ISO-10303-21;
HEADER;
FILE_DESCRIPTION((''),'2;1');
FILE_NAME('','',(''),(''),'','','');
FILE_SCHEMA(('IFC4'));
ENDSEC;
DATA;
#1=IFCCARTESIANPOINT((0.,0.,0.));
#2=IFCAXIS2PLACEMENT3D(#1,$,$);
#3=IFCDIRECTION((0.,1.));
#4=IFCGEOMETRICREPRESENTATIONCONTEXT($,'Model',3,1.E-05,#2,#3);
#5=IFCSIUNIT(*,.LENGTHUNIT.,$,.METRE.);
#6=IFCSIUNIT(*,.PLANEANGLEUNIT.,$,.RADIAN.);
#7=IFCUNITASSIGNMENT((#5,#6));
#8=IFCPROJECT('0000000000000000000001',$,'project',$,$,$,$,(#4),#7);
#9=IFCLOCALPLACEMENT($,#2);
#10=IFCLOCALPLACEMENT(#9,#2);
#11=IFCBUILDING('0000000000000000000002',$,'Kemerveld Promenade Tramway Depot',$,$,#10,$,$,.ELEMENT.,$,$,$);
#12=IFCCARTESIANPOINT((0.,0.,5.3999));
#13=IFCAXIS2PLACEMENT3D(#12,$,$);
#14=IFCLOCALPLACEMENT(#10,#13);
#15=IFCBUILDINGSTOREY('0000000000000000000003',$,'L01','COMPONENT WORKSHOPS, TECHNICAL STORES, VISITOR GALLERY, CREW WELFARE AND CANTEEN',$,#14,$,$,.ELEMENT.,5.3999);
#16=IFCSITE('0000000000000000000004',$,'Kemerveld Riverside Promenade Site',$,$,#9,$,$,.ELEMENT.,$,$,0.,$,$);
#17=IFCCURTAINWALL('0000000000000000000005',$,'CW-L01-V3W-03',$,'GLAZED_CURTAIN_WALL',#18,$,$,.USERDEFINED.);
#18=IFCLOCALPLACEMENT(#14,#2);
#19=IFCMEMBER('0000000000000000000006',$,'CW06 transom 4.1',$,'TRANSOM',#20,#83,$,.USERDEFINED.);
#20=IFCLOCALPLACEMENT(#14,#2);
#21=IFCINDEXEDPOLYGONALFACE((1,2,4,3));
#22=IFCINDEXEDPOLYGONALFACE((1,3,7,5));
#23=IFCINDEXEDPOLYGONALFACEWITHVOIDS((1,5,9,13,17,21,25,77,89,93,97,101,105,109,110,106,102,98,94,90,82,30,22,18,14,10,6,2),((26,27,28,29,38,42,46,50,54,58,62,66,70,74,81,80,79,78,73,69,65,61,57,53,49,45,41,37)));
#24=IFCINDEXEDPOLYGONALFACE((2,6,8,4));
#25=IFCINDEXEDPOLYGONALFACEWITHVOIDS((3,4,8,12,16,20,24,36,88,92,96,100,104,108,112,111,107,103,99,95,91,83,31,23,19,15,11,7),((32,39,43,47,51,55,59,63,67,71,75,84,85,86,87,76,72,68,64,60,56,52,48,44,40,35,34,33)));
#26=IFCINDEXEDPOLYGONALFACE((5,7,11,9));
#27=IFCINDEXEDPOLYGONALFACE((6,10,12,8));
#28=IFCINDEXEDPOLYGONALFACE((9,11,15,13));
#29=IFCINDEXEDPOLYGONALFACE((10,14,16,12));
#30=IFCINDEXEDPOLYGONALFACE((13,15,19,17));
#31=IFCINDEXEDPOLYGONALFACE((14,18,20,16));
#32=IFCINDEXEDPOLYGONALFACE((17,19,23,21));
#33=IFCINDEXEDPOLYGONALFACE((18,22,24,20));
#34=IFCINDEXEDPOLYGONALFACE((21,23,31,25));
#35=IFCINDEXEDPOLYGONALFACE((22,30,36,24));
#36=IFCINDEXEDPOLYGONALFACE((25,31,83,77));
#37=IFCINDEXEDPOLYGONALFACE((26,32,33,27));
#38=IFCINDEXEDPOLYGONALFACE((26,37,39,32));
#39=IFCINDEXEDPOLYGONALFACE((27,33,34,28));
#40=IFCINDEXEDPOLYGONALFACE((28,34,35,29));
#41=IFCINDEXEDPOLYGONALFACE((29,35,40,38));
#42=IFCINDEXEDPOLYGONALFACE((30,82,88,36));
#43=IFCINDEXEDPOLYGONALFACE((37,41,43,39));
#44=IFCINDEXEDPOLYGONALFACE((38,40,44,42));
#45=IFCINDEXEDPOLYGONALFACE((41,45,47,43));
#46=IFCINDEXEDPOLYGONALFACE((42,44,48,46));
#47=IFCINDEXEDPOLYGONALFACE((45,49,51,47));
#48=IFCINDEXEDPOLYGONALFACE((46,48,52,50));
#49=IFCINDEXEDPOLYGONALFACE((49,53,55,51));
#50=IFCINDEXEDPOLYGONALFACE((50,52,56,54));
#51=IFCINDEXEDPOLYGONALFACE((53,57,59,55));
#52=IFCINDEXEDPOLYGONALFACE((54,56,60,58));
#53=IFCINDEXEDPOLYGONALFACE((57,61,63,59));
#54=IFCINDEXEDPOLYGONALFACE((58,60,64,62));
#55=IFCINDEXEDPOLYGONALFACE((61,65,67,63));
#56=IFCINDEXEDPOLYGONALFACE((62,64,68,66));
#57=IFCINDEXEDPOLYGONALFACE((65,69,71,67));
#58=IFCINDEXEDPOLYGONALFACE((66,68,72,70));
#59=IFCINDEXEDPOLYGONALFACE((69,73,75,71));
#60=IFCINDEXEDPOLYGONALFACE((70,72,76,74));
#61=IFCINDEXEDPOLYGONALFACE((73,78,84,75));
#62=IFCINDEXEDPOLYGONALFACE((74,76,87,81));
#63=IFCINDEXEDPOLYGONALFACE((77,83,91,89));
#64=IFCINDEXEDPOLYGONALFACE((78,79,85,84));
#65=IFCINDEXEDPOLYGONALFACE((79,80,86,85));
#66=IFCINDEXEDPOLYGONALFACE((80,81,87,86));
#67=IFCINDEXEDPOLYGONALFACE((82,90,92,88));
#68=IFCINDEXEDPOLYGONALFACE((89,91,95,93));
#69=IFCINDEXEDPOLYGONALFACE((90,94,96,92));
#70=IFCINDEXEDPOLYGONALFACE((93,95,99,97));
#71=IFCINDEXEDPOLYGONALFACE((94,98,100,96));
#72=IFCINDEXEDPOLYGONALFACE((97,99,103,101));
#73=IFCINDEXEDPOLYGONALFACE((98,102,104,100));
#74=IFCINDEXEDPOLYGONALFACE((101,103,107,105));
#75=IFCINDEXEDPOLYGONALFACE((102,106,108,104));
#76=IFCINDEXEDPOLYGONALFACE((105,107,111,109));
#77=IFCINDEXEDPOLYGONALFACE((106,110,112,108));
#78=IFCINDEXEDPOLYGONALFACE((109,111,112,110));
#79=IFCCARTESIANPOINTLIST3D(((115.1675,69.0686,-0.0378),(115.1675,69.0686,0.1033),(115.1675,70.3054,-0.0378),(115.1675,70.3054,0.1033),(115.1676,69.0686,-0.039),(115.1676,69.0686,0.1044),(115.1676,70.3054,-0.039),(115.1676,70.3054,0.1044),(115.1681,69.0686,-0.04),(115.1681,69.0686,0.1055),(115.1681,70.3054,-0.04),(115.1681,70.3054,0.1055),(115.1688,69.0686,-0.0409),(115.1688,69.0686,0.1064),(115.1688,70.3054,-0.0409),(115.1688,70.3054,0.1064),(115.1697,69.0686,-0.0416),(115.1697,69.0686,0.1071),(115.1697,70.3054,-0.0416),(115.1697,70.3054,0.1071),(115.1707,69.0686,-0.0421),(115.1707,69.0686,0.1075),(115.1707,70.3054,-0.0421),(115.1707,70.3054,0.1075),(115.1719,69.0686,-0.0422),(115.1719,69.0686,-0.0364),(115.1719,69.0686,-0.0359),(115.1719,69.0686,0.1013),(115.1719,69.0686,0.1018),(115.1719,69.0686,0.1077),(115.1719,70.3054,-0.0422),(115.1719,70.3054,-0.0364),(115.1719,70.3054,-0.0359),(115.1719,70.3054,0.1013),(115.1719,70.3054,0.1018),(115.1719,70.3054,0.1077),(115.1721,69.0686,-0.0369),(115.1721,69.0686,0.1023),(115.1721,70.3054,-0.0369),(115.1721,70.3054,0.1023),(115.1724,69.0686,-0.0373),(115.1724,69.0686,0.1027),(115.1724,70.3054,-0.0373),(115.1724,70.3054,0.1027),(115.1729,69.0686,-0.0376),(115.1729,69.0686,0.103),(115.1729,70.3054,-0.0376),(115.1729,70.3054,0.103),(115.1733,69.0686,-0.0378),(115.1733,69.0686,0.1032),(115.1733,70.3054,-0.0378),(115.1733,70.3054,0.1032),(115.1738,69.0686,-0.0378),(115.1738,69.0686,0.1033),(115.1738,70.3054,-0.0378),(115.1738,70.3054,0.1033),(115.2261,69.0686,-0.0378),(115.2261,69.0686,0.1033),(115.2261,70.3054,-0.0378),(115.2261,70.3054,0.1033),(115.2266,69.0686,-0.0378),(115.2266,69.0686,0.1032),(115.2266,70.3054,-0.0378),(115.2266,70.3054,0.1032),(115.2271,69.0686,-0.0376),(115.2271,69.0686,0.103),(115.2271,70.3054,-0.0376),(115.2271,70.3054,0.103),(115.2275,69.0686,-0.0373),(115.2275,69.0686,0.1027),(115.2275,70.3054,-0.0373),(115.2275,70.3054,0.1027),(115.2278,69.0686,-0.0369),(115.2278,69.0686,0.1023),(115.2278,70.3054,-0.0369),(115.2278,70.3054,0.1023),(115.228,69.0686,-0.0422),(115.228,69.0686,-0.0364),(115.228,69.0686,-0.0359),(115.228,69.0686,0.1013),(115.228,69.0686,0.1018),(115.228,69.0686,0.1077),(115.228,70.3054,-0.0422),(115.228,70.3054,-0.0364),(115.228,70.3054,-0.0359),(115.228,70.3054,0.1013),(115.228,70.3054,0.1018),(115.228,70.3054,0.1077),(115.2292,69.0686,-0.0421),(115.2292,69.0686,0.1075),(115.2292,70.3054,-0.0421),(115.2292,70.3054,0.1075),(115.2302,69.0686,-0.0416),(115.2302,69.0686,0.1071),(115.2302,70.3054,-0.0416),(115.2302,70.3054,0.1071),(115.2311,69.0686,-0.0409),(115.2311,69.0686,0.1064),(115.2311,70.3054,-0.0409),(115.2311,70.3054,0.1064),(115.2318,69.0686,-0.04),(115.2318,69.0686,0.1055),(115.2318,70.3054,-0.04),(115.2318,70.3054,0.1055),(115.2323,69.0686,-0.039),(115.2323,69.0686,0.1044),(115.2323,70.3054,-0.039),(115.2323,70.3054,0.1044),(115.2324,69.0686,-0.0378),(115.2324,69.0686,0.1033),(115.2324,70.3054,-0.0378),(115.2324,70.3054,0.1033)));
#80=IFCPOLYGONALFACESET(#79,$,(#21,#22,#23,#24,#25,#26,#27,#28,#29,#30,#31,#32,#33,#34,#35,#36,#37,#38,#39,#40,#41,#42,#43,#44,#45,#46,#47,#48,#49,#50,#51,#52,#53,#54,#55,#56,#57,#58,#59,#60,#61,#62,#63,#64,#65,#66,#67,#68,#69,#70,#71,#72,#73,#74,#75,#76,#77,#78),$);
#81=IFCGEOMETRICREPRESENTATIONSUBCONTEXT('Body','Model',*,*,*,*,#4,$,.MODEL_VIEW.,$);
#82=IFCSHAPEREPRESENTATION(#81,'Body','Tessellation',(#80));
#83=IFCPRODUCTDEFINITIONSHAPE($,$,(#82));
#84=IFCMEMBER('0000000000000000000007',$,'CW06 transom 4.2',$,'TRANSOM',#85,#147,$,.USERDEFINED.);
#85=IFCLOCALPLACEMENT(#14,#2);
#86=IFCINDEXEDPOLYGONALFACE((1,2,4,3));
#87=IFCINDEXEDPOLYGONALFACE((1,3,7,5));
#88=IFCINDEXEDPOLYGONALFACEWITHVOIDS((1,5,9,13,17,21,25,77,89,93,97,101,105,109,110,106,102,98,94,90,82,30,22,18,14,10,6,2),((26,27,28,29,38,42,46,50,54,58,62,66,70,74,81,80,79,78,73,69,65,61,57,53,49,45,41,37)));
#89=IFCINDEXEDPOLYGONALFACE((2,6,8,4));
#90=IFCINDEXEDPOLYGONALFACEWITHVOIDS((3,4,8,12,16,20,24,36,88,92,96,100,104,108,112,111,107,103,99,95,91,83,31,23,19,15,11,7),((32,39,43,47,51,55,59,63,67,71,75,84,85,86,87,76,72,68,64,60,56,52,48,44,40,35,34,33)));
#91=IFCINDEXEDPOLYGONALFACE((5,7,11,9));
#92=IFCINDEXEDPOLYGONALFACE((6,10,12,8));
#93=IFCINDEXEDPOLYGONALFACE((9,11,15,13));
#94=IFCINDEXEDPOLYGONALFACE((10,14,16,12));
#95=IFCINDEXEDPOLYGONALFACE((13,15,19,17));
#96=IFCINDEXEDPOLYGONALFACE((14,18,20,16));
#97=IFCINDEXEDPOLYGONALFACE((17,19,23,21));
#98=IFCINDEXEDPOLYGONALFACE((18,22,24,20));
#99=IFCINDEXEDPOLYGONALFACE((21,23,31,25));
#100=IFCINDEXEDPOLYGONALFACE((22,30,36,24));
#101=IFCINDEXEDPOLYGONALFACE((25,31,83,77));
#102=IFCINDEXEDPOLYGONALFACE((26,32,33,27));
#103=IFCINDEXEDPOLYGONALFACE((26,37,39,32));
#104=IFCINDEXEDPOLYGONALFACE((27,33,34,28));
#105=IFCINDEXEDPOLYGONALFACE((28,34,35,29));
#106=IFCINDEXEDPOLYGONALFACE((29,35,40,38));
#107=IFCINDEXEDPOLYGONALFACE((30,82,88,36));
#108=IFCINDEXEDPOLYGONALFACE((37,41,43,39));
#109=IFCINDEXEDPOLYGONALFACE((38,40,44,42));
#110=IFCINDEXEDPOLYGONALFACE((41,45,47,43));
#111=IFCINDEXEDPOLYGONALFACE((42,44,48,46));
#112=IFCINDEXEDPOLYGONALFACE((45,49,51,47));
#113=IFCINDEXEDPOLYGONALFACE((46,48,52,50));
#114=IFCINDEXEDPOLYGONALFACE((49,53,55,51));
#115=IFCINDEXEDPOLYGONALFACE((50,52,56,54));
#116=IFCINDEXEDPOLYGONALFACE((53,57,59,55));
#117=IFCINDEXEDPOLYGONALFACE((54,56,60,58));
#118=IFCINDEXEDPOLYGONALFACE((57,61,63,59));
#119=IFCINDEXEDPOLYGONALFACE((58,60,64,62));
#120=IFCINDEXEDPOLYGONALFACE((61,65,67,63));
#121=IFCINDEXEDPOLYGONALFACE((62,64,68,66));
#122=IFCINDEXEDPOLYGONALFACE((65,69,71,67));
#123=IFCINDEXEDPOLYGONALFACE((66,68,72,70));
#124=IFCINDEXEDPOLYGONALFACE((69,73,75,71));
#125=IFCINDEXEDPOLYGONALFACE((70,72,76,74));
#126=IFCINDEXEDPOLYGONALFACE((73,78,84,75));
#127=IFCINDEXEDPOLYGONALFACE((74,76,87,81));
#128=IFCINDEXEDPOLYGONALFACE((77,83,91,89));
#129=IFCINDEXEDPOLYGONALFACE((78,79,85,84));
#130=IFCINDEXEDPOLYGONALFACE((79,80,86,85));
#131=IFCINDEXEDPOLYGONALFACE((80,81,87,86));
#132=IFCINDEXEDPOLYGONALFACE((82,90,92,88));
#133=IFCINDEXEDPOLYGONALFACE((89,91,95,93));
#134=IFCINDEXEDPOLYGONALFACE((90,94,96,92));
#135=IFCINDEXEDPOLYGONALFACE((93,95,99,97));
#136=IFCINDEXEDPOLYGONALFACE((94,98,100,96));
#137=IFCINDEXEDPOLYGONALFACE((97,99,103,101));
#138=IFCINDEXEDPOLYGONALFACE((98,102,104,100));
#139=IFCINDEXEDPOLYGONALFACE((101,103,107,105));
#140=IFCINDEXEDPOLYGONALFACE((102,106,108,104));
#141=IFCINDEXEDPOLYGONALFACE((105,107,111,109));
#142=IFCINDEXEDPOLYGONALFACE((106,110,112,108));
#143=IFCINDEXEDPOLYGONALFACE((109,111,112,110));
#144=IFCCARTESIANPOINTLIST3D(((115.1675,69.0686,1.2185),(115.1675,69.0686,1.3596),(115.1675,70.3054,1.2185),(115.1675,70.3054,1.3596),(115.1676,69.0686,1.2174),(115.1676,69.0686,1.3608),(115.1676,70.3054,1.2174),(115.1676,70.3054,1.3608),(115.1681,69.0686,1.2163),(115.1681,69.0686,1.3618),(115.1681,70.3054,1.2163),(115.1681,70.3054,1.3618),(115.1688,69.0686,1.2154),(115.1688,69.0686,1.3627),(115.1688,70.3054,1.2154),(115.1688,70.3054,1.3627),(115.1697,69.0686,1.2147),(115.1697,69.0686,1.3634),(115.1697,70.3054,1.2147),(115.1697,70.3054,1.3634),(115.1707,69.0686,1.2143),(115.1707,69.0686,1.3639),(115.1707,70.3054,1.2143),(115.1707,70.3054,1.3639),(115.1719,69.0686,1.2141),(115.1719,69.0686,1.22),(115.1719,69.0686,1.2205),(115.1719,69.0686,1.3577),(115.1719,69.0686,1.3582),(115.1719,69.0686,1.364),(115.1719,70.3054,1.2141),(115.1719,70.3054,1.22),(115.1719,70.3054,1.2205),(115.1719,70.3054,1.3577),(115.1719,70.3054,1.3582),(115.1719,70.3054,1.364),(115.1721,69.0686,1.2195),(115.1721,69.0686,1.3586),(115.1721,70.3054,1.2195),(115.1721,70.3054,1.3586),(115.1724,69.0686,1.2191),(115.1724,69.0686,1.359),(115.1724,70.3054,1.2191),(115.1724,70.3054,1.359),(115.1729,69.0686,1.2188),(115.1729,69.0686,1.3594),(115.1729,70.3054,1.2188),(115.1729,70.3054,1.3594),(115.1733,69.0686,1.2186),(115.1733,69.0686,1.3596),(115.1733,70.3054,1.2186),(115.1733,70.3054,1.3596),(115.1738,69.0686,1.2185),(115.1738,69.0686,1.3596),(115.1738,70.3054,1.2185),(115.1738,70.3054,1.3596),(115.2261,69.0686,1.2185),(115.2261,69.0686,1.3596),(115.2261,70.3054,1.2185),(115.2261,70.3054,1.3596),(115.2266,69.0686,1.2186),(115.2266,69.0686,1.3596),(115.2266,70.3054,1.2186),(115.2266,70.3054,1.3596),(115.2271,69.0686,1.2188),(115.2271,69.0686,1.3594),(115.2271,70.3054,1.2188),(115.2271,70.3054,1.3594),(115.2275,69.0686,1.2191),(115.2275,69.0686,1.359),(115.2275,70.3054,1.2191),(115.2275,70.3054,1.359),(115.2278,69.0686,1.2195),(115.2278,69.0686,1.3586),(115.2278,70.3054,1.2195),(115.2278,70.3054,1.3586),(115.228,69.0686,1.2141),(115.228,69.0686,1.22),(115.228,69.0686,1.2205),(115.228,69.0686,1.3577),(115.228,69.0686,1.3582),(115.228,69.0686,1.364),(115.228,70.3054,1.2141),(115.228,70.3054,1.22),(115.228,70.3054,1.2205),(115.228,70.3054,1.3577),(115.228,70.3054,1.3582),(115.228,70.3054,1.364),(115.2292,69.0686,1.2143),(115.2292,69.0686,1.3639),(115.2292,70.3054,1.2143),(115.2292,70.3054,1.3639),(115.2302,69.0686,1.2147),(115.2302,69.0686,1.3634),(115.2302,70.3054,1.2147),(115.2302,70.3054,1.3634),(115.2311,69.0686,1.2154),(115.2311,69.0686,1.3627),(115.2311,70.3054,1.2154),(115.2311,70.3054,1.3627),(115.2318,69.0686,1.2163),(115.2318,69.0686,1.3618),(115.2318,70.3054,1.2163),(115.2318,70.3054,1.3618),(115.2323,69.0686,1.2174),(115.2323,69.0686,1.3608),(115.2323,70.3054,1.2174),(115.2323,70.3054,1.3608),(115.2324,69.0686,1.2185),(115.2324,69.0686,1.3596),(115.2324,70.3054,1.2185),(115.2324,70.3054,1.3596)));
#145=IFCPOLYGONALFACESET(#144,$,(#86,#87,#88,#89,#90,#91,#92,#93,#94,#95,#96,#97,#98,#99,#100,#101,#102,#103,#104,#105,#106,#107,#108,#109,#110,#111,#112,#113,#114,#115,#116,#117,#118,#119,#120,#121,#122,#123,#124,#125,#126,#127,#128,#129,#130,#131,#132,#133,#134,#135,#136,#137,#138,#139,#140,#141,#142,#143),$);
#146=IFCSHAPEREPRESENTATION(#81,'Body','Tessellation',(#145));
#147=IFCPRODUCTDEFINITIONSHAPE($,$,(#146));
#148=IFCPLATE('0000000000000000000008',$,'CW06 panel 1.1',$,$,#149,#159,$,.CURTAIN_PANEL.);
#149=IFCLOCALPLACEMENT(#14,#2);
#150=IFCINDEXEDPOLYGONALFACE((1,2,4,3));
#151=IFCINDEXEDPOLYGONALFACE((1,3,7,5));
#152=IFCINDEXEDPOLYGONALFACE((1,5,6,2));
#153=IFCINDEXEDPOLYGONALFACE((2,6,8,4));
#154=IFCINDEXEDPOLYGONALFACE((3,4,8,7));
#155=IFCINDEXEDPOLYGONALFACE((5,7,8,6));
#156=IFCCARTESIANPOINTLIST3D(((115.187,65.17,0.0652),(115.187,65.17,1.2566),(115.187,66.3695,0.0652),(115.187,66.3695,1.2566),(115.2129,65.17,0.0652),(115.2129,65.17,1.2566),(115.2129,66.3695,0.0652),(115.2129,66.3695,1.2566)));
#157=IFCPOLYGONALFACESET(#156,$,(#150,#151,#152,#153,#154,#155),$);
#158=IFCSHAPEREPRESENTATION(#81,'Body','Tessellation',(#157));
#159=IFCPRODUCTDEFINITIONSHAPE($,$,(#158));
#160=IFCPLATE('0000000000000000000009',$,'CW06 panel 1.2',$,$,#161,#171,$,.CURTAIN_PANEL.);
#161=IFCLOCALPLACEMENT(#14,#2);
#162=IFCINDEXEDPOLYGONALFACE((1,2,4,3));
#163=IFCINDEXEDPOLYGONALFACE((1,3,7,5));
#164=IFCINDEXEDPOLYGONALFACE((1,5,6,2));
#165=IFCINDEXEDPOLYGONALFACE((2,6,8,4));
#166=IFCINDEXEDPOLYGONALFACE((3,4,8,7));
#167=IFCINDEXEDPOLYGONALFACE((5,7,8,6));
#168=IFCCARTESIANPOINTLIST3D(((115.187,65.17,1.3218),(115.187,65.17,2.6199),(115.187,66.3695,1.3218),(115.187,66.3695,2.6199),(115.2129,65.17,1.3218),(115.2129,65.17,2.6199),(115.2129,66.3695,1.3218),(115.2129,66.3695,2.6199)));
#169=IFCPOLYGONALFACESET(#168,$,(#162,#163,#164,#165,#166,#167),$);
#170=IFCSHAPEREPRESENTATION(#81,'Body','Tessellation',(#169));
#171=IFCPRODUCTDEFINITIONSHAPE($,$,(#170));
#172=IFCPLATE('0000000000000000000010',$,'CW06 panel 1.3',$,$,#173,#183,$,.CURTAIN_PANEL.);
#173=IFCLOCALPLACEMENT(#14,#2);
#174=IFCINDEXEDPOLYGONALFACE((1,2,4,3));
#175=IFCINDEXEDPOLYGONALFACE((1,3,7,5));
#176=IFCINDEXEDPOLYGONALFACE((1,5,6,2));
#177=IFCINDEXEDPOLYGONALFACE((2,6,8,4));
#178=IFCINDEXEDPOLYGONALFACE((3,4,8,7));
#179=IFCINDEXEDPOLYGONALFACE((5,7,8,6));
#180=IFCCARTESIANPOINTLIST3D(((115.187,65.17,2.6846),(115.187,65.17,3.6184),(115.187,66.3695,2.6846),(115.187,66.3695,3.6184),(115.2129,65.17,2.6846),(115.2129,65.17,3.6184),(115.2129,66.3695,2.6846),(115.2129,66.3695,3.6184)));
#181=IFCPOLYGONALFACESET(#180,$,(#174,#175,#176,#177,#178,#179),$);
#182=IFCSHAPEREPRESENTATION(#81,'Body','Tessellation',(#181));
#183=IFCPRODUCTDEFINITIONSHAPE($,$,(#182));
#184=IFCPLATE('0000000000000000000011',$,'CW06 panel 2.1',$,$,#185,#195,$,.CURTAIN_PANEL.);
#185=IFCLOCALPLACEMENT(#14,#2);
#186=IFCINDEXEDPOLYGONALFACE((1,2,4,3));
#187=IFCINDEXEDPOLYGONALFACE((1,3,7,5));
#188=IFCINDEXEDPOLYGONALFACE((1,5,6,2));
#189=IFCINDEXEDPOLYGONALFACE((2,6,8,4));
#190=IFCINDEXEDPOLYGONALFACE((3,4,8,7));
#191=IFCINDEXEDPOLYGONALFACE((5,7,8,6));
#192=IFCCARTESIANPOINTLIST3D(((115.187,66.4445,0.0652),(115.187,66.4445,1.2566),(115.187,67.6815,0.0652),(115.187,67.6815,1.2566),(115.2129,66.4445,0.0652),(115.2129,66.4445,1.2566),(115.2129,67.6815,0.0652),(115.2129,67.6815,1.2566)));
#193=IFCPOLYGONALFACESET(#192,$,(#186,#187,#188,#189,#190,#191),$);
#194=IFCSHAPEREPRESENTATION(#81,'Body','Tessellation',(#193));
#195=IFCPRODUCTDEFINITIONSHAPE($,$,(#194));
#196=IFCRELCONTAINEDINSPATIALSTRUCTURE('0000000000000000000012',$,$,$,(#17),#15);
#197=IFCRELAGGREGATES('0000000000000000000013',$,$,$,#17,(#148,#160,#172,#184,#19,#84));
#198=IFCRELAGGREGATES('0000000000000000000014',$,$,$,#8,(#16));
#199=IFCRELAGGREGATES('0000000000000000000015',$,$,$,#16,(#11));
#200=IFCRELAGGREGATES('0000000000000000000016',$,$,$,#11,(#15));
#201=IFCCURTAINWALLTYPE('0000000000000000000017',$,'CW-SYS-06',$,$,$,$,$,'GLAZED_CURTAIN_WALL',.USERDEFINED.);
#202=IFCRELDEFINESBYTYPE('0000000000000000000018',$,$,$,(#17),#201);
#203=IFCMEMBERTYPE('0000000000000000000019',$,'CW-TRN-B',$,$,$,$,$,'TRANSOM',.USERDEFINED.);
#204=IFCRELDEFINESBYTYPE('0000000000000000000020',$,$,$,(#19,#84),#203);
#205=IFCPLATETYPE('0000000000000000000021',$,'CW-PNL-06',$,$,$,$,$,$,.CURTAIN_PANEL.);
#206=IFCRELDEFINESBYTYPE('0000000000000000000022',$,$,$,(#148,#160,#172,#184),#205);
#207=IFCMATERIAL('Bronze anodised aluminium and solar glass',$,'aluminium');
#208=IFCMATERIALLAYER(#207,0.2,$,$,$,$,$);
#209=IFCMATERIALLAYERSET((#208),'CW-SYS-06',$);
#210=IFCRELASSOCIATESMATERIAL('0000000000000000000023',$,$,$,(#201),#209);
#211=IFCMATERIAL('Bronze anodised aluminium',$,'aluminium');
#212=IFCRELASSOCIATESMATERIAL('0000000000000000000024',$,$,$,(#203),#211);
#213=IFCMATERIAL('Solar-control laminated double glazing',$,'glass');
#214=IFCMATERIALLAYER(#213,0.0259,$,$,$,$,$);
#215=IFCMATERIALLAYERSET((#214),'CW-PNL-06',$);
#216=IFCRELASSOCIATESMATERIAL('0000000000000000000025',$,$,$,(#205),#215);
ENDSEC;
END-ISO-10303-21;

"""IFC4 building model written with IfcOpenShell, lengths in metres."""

from ifc_helpers import new_model, si_unit, direction, frame, origin, origin_2d, place, context, subcontext, project, spatial, rectangle, hollow_rectangle, extrude, material, layer, layer_set, material_profile, profile_set, type_object, element, aggregate, save


model = new_model("IFC4")

# Units and contexts
model_context = context("Model", 3, precision=1e-05, world=origin(), true_north=direction((0.0, 1.0)))
body_context = subcontext(model_context, "Body", "Model", "MODEL_VIEW")
ifc_project = project(units=[si_unit("LENGTHUNIT", "METRE"), si_unit("PLANEANGLEUNIT", "RADIAN")], contexts=[model_context])

# Site, building, storey
site_placement = place(None, origin())
site = spatial("IfcSite", under=ifc_project, at=site_placement, Name="Kemerveld Riverside Promenade Site", CompositionType="ELEMENT", RefElevation=0.0)
building_placement = place(site_placement, origin())
building = spatial("IfcBuilding", under=site, at=building_placement, Name="Kemerveld Promenade Tramway Depot", CompositionType="ELEMENT")
storey_placement = place(building_placement, frame((0.0, 0.0, 5.3999)))
storey = spatial("IfcBuildingStorey", under=building, at=storey_placement, Name="L01", Description="COMPONENT WORKSHOPS, TECHNICAL STORES, VISITOR GALLERY, CREW WELFARE AND CANTEEN", CompositionType="ELEMENT", Elevation=5.3999)

# Curtain wall, members, plates
ifc_material_1 = material(Name="Bronze anodised aluminium and solar glass", Category="aluminium")
ifc_layer_1 = layer(ifc_material_1, 0.2)
ifc_layer_set_1 = layer_set([ifc_layer_1], Name="CW-SYS-06")
curtain_wall_type = type_object("IfcCurtainWallType", Name="CW-SYS-06", ElementType="GLAZED_CURTAIN_WALL", PredefinedType="USERDEFINED", material=ifc_layer_set_1)
curtain_wall_placement = place(storey_placement, origin())
curtain_wall = element("IfcCurtainWall", 1, at=curtain_wall_placement, inside=storey, type_object=curtain_wall_type, Name="CW-L01-V3W-03", ObjectType="GLAZED_CURTAIN_WALL", PredefinedType="USERDEFINED")
ifc_material_2 = material(Name="Bronze anodised aluminium", Category="aluminium")
ifc_material_profile_1 = material_profile(ifc_material_2, hollow_rectangle(XDim=0.0649, YDim=0.1499, WallThickness=0.0044, InnerFilletRadius=0.002, OuterFilletRadius=0.0044, at=origin_2d()), Name="CW-TRN-150x65")
ifc_profile_set_1 = profile_set([ifc_material_profile_1], Name="Bronze anodised aluminium")
member_type_1 = type_object("IfcMemberType", Name="CW-TRN-B", ElementType="TRANSOM", PredefinedType="USERDEFINED", material=ifc_profile_set_1)
member_1_placement = place(storey_placement, frame((115.2, 69.0686, 0.0327), z_axis=(0.0, 1.0, 0.0), x_axis=(-1.0, 0.0, 0.0)))
member_1 = element("IfcMember", 2, at=member_1_placement, type_object=member_type_1, Name="CW06 transom 4.1", ObjectType="TRANSOM", PredefinedType="USERDEFINED", context=body_context, shape_type="SweptSolid", body=[
    extrude(hollow_rectangle(XDim=0.0649, YDim=0.1499, WallThickness=0.0044, InnerFilletRadius=0.002, OuterFilletRadius=0.0044, at=origin_2d()), origin(), (0.0, 0.0, 1.0), 1.2368),
])
member_2_placement = place(storey_placement, frame((115.2, 69.0686, 1.2891), z_axis=(0.0, 1.0, 0.0), x_axis=(-1.0, 0.0, 0.0)))
member_2 = element("IfcMember", 3, at=member_2_placement, type_object=member_type_1, Name="CW06 transom 4.2", ObjectType="TRANSOM", PredefinedType="USERDEFINED", context=body_context, shape_type="SweptSolid", body=[
    extrude(hollow_rectangle(XDim=0.0649, YDim=0.1499, WallThickness=0.0044, InnerFilletRadius=0.002, OuterFilletRadius=0.0044, at=origin_2d()), origin(), (0.0, 0.0, 1.0), 1.2368),
])
ifc_material_3 = material(Name="Solar-control laminated double glazing", Category="glass")
ifc_layer_2 = layer(ifc_material_3, 0.0259)
ifc_layer_set_2 = layer_set([ifc_layer_2], Name="CW-PNL-06")
plate_type = type_object("IfcPlateType", Name="CW-PNL-06", PredefinedType="CURTAIN_PANEL", material=ifc_layer_set_2)
plate_1_placement = place(storey_placement, frame((115.2, 65.7698, 0.0652), z_axis=(0.0, 0.0, 1.0), x_axis=(0.0, 1.0, 0.0)))
plate_1 = element("IfcPlate", 4, at=plate_1_placement, type_object=plate_type, Name="CW06 panel 1.1", PredefinedType="CURTAIN_PANEL", context=body_context, shape_type="SweptSolid", body=[
    extrude(rectangle(XDim=1.1995, YDim=0.0259, at=origin_2d()), origin(), (0.0, 0.0, 1.0), 1.1914),
])
plate_2_placement = place(storey_placement, frame((115.2, 65.7698, 1.3218), z_axis=(0.0, 0.0, 1.0), x_axis=(0.0, 1.0, 0.0)))
plate_2 = element("IfcPlate", 5, at=plate_2_placement, type_object=plate_type, Name="CW06 panel 1.2", PredefinedType="CURTAIN_PANEL", context=body_context, shape_type="SweptSolid", body=[
    extrude(rectangle(XDim=1.1995, YDim=0.0259, at=origin_2d()), origin(), (0.0, 0.0, 1.0), 1.2981),
])
plate_3_placement = place(storey_placement, frame((115.2, 65.7698, 2.6846), z_axis=(0.0, 0.0, 1.0), x_axis=(0.0, 1.0, 0.0)))
plate_3 = element("IfcPlate", 6, at=plate_3_placement, type_object=plate_type, Name="CW06 panel 1.3", PredefinedType="CURTAIN_PANEL", context=body_context, shape_type="SweptSolid", body=[
    extrude(rectangle(XDim=1.1995, YDim=0.0259, at=origin_2d()), origin(), (0.0, 0.0, 1.0), 0.9338),
])
plate_4_placement = place(storey_placement, frame((115.2, 67.063, 0.0652), z_axis=(0.0, 0.0, 1.0), x_axis=(0.0, 1.0, 0.0)))
plate_4 = element("IfcPlate", 7, at=plate_4_placement, type_object=plate_type, Name="CW06 panel 2.1", PredefinedType="CURTAIN_PANEL", context=body_context, shape_type="SweptSolid", body=[
    extrude(rectangle(XDim=1.2371, YDim=0.0259, at=origin_2d()), origin(), (0.0, 0.0, 1.0), 1.1914),
])
aggregate(curtain_wall, [plate_1, plate_2, plate_3, plate_4, member_1, member_2])

save(model, "model.ifc")
